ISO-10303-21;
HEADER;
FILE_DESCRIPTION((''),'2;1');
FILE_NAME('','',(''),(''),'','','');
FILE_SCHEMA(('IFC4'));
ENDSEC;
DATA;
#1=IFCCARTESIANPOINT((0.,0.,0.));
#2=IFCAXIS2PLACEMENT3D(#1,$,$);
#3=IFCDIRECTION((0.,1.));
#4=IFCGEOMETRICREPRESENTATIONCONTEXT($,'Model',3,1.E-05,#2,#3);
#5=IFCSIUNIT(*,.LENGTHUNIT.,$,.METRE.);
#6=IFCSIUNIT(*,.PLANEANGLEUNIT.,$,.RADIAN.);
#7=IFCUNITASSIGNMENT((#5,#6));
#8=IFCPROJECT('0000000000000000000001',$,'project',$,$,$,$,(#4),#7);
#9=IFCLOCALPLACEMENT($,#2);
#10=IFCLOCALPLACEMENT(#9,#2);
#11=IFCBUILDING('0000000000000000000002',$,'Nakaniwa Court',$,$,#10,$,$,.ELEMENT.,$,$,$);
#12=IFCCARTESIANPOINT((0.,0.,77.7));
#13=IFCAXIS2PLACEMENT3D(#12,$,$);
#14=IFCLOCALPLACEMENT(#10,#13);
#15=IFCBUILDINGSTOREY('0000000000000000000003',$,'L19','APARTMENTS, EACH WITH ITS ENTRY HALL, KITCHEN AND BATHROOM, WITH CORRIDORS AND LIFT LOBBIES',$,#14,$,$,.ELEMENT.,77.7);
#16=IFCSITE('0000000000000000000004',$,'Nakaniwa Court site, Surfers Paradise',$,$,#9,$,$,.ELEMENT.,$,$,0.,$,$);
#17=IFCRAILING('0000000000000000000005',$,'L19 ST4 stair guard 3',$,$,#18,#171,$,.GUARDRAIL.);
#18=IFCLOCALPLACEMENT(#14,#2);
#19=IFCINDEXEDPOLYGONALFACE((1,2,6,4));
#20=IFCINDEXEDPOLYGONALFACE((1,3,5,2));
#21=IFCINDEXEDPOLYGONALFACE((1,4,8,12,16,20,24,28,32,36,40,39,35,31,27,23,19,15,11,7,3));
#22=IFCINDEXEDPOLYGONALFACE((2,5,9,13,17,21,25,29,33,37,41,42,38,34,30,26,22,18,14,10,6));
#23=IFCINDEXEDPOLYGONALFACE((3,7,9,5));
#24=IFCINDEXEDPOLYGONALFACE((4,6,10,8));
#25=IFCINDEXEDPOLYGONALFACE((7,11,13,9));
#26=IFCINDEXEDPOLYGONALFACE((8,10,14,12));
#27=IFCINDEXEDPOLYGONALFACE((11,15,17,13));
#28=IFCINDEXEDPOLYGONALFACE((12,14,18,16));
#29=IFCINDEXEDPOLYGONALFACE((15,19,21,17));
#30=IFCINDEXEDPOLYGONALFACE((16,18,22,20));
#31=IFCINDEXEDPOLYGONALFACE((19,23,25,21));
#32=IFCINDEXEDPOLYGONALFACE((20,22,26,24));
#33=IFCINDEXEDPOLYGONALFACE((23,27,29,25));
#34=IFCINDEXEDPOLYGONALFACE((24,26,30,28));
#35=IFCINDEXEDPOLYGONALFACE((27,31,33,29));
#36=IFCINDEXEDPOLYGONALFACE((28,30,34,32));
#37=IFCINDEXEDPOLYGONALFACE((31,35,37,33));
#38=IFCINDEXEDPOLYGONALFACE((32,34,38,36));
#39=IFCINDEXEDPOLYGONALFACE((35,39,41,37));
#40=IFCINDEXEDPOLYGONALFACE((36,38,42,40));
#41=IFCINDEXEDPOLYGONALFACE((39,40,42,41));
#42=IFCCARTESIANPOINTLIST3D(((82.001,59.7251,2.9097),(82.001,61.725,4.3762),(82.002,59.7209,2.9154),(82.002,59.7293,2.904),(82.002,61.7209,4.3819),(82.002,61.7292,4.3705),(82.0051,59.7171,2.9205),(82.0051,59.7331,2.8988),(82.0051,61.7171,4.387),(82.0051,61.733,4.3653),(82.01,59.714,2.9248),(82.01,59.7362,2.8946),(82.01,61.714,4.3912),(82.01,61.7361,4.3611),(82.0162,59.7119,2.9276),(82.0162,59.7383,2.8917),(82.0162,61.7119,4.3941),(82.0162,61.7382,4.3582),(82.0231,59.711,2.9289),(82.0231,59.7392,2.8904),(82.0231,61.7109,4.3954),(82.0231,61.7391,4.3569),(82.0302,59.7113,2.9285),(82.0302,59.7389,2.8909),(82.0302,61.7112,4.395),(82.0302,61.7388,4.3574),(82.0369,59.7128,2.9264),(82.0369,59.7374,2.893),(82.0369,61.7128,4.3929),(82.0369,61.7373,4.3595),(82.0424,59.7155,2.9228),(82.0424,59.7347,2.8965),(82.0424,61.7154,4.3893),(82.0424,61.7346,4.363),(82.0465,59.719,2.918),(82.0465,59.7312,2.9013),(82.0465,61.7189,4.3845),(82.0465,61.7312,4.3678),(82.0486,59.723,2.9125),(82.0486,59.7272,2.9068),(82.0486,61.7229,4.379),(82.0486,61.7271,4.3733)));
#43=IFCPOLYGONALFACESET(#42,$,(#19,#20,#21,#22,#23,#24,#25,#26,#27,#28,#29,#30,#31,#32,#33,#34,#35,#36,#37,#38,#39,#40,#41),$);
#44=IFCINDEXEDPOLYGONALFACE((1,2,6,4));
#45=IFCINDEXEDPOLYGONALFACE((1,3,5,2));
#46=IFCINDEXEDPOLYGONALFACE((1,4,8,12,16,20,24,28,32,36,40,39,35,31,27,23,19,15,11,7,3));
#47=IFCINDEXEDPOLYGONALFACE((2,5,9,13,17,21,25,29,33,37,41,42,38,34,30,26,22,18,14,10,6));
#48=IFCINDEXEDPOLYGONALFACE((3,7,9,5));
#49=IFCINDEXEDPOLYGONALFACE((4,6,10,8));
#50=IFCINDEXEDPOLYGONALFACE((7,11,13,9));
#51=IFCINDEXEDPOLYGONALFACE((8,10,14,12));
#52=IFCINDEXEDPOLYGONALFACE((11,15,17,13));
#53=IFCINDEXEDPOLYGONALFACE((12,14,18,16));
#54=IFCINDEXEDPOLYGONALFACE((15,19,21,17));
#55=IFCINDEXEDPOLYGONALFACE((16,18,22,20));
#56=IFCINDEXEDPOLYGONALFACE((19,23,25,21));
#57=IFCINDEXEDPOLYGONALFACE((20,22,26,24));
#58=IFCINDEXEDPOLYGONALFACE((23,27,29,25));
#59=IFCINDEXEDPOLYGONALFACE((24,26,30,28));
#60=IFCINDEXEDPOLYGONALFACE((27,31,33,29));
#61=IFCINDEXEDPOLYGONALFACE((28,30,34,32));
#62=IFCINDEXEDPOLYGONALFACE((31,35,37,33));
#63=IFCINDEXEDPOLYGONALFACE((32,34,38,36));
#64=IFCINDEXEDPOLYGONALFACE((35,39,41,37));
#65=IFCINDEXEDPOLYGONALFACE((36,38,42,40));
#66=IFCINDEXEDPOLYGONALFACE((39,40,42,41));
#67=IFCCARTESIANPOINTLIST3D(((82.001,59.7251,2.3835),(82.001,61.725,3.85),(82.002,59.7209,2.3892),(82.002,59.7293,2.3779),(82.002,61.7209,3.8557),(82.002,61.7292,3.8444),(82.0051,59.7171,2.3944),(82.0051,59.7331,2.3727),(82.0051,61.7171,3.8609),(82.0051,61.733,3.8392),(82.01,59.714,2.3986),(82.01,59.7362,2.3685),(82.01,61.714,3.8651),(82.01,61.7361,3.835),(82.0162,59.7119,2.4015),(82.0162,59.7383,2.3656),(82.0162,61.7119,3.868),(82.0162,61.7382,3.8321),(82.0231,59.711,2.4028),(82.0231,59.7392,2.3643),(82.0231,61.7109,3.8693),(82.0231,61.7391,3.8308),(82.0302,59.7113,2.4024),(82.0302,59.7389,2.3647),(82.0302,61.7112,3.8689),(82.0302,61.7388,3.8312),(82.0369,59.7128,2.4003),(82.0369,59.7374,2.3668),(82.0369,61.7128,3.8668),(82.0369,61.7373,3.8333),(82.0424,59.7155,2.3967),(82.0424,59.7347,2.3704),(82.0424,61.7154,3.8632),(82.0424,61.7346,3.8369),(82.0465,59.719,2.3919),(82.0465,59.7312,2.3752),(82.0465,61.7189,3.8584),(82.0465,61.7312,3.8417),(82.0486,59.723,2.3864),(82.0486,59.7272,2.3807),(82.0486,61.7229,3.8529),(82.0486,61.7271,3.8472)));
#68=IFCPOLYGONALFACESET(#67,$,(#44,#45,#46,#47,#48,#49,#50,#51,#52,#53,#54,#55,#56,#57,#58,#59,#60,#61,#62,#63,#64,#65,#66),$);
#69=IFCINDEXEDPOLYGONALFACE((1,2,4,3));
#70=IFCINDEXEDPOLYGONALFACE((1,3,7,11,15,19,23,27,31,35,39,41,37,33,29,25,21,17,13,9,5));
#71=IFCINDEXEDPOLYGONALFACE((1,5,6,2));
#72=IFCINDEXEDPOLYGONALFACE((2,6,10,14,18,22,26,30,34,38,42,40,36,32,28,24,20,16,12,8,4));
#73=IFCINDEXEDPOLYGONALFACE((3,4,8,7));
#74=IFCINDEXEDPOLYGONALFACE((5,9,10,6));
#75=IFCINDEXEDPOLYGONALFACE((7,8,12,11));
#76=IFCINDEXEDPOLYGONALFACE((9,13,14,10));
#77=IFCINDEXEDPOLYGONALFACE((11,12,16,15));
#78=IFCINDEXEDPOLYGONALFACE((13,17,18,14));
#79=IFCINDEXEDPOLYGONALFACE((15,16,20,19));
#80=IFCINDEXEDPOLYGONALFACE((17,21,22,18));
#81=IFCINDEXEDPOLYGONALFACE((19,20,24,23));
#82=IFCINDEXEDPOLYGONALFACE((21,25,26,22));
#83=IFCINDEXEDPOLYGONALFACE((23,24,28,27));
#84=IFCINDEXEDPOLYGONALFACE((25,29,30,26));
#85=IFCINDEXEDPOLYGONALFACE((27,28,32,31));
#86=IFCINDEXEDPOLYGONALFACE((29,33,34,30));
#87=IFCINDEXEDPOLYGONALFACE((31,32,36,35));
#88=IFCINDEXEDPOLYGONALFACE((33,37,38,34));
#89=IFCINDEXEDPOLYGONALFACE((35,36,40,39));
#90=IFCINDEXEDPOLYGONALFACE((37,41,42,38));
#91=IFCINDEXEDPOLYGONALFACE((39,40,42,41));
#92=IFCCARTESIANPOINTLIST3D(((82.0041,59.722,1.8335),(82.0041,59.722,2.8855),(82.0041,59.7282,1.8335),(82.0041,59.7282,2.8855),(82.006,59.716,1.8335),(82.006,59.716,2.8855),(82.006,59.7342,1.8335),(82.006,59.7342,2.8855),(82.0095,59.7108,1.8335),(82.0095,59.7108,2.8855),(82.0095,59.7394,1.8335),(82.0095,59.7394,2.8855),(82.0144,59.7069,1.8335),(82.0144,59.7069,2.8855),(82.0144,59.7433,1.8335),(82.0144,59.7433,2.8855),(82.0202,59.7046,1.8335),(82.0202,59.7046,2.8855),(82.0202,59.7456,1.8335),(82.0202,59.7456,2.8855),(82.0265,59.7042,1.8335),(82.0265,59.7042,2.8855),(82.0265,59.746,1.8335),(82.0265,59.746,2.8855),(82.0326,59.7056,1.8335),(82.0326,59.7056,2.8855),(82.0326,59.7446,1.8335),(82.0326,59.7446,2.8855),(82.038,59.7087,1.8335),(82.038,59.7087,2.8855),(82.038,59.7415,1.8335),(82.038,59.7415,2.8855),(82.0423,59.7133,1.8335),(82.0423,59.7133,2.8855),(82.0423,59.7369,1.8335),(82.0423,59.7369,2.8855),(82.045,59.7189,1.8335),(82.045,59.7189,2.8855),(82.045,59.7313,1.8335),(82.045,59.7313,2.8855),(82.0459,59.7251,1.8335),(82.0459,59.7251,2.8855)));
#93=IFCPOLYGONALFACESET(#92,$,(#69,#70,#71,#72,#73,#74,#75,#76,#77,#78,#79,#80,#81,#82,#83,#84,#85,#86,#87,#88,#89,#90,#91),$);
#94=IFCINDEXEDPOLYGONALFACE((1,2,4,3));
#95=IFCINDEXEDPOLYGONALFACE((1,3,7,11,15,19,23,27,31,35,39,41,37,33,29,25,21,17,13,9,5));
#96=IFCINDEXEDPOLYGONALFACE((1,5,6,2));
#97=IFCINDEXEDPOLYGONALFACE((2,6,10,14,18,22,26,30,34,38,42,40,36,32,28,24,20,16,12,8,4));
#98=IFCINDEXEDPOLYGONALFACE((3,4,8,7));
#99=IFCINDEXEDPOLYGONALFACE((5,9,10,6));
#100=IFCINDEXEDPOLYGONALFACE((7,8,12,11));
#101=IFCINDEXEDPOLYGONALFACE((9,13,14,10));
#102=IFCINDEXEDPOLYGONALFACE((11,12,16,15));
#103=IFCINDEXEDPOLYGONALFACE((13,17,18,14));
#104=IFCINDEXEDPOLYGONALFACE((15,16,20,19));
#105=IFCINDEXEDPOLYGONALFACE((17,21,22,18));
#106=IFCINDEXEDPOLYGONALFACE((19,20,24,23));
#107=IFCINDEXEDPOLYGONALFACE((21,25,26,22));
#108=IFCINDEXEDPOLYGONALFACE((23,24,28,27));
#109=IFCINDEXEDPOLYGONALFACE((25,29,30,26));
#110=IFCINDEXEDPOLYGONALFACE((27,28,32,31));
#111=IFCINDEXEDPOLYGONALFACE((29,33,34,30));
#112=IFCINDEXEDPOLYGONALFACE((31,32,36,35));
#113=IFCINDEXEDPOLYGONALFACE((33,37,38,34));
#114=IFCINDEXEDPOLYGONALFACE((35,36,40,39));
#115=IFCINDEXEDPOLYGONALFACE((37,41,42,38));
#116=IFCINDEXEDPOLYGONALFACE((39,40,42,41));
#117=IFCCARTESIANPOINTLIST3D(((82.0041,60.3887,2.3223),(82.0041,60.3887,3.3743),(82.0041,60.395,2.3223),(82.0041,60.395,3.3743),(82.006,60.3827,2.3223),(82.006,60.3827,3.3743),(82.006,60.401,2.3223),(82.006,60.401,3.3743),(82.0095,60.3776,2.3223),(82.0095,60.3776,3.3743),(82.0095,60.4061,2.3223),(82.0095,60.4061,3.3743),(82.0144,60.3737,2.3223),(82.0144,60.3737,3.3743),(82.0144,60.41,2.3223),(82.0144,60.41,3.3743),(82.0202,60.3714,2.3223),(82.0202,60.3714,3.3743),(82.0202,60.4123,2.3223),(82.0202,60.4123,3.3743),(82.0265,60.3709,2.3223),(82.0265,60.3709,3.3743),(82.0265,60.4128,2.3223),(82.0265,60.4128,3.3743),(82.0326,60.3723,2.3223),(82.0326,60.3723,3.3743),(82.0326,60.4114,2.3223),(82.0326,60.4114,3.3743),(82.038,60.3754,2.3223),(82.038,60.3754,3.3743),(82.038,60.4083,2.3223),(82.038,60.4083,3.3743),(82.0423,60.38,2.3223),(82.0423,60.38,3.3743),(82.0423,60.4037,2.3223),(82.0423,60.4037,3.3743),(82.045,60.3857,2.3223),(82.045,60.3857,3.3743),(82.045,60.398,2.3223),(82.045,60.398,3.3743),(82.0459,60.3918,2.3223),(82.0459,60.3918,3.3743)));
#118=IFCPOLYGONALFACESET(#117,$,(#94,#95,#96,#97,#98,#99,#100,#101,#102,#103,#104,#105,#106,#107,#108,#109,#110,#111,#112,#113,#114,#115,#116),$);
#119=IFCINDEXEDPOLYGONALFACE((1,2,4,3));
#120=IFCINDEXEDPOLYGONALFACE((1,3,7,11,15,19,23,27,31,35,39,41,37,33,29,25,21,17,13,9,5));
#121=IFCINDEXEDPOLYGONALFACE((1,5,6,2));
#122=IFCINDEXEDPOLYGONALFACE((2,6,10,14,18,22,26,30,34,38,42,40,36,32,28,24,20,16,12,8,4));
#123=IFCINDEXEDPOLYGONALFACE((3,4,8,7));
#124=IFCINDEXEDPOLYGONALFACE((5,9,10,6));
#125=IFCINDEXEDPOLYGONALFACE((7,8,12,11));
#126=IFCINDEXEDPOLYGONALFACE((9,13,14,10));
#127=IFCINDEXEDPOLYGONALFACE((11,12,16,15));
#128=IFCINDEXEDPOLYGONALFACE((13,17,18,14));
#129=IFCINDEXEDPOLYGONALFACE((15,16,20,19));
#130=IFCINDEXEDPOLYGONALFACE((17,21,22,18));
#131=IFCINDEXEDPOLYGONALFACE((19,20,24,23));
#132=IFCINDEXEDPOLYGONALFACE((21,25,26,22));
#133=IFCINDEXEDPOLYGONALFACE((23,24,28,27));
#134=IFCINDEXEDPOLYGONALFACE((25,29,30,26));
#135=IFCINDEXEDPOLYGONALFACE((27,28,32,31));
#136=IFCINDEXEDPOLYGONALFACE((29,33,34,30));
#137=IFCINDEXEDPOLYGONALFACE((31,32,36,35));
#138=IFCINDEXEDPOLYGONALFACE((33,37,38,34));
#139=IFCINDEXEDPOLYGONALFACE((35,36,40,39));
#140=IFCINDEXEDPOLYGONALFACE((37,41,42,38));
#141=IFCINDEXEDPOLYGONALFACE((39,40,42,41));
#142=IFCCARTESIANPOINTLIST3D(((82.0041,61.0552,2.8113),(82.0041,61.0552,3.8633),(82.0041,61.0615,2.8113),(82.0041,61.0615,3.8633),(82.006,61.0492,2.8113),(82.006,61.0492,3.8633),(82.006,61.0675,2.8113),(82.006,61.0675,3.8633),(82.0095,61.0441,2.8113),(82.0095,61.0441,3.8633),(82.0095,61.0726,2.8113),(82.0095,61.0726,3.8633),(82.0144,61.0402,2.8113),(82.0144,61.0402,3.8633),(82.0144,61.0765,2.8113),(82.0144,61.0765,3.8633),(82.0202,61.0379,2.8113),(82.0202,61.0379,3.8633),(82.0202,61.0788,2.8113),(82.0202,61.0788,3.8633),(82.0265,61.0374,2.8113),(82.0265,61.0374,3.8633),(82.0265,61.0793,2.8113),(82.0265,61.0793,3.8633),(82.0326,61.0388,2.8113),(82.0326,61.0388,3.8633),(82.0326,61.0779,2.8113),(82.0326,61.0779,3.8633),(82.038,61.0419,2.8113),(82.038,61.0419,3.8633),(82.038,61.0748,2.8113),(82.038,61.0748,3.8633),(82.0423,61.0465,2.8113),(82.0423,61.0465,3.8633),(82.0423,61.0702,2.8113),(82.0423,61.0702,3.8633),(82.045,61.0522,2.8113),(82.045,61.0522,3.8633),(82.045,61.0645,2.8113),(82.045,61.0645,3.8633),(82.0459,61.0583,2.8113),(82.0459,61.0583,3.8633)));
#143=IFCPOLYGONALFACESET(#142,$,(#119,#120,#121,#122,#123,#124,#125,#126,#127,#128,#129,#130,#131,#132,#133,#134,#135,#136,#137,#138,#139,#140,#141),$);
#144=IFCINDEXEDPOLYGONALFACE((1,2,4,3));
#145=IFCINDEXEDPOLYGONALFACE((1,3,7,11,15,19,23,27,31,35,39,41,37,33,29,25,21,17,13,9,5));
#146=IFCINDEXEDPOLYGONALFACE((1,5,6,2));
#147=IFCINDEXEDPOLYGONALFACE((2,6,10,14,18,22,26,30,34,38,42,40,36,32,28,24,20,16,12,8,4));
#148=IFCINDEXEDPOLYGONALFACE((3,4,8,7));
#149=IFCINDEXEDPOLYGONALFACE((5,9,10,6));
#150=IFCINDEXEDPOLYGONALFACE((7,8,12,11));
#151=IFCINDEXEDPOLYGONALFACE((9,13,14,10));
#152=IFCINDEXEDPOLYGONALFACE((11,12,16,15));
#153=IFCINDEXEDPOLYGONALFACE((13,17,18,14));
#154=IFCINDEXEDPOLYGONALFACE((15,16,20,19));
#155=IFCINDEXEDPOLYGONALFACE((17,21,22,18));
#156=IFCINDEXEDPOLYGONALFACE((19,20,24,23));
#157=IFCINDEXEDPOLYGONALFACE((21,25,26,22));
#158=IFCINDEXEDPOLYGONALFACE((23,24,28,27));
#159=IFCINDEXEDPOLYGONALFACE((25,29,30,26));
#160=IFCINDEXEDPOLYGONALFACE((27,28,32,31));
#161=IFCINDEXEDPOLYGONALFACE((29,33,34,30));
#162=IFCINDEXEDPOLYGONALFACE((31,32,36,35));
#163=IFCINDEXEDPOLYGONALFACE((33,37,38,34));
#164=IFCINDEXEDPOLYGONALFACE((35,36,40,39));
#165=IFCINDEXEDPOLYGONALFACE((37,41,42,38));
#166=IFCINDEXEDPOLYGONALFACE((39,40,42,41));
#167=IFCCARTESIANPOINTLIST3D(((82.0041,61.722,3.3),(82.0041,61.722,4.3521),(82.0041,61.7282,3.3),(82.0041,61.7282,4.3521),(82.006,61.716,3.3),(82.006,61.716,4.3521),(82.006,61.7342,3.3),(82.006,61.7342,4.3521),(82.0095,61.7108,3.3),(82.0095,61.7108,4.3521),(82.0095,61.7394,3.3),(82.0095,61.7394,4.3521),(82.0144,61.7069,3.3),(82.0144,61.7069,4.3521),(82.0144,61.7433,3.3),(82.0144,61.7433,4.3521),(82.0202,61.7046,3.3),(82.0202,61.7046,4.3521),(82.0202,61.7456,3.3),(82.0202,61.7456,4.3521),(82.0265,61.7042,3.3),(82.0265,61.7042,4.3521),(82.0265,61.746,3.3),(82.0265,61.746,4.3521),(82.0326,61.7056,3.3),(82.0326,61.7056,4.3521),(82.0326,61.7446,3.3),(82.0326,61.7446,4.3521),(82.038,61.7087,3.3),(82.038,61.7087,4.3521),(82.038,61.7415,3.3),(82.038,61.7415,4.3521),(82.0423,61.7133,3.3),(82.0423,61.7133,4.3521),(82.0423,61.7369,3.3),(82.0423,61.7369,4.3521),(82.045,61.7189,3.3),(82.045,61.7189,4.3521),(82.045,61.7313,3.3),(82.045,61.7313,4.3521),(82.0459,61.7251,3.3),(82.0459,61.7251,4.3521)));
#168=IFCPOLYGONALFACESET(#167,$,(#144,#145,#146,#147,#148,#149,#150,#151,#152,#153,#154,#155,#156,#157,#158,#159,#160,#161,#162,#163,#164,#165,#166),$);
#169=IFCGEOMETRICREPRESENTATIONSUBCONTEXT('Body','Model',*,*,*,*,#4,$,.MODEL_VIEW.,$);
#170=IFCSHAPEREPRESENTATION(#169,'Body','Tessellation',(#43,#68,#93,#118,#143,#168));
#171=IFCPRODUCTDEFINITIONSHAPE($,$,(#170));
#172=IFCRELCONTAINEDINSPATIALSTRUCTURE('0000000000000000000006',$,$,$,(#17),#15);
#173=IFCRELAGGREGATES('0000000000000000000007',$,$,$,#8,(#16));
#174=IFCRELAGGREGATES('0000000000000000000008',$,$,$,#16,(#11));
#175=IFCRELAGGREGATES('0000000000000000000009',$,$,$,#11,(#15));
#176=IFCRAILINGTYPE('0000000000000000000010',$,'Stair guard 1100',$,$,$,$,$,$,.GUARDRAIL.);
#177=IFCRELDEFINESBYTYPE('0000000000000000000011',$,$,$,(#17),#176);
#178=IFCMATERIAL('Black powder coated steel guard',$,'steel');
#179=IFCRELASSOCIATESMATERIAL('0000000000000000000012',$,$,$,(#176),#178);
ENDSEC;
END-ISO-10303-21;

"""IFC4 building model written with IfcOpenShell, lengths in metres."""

from ifc_helpers import new_model, si_unit, direction, frame, origin, origin_2d, place, context, subcontext, project, spatial, circle, extrude, material, type_object, element, save


model = new_model("IFC4")

# Units and contexts
model_context = context("Model", 3, precision=1e-05, world=origin(), true_north=direction((0.0, 1.0)))
body_context = subcontext(model_context, "Body", "Model", "MODEL_VIEW")
ifc_project = project(units=[si_unit("LENGTHUNIT", "METRE"), si_unit("PLANEANGLEUNIT", "RADIAN")], contexts=[model_context])

# Site, building, storey
site_placement = place(None, origin())
site = spatial("IfcSite", under=ifc_project, at=site_placement, Name="Nakaniwa Court site, Surfers Paradise", CompositionType="ELEMENT", RefElevation=0.0)
building_placement = place(site_placement, origin())
building = spatial("IfcBuilding", under=site, at=building_placement, Name="Nakaniwa Court", CompositionType="ELEMENT")
storey_placement = place(building_placement, frame((0.0, 0.0, 77.7)))
storey = spatial("IfcBuildingStorey", under=building, at=storey_placement, Name="L19", Description="APARTMENTS, EACH WITH ITS ENTRY HALL, KITCHEN AND BATHROOM, WITH CORRIDORS AND LIFT LOBBIES", CompositionType="ELEMENT", Elevation=77.7)

# Railing
ifc_material_1 = material(Name="Black powder coated steel guard", Category="steel")
railing_type_1 = type_object("IfcRailingType", Name="Stair guard 1100", PredefinedType="GUARDRAIL", material=ifc_material_1)
railing_1_placement = place(storey_placement, frame((82.0249, 59.7251, 1.8335)))
element("IfcRailing", 1, at=railing_1_placement, inside=storey, type_object=railing_type_1, Name="L19 ST4 stair guard 3", PredefinedType="GUARDRAIL", context=body_context, shape_type="SweptSolid", body=[
    extrude(circle(Radius=0.0239, at=origin_2d()), frame((0.0, 0.0, 1.0762), z_axis=(0.0, 0.806427, 0.591334), x_axis=(-1.0, 0.0, 0.0)), (0.0, 0.0, 1.0), 2.48),
    extrude(circle(Radius=0.0239, at=origin_2d()), frame((0.0, 0.0, 0.55), z_axis=(0.0, 0.806427, 0.591334), x_axis=(-1.0, 0.0, 0.0)), (0.0, 0.0, 1.0), 2.48),
    extrude(circle(Radius=0.021, at=origin_2d()), origin(), (0.0, 0.0, 1.0), 1.052),
    extrude(circle(Radius=0.021, at=origin_2d()), frame((0.0, 0.6667, 0.4888)), (0.0, 0.0, 1.0), 1.052),
    extrude(circle(Radius=0.021, at=origin_2d()), frame((0.0, 1.3333, 0.9778)), (0.0, 0.0, 1.0), 1.052),
    extrude(circle(Radius=0.021, at=origin_2d()), frame((0.0, 2.0, 1.4666)), (0.0, 0.0, 1.0), 1.052),
])

save(model, "model.ifc")
